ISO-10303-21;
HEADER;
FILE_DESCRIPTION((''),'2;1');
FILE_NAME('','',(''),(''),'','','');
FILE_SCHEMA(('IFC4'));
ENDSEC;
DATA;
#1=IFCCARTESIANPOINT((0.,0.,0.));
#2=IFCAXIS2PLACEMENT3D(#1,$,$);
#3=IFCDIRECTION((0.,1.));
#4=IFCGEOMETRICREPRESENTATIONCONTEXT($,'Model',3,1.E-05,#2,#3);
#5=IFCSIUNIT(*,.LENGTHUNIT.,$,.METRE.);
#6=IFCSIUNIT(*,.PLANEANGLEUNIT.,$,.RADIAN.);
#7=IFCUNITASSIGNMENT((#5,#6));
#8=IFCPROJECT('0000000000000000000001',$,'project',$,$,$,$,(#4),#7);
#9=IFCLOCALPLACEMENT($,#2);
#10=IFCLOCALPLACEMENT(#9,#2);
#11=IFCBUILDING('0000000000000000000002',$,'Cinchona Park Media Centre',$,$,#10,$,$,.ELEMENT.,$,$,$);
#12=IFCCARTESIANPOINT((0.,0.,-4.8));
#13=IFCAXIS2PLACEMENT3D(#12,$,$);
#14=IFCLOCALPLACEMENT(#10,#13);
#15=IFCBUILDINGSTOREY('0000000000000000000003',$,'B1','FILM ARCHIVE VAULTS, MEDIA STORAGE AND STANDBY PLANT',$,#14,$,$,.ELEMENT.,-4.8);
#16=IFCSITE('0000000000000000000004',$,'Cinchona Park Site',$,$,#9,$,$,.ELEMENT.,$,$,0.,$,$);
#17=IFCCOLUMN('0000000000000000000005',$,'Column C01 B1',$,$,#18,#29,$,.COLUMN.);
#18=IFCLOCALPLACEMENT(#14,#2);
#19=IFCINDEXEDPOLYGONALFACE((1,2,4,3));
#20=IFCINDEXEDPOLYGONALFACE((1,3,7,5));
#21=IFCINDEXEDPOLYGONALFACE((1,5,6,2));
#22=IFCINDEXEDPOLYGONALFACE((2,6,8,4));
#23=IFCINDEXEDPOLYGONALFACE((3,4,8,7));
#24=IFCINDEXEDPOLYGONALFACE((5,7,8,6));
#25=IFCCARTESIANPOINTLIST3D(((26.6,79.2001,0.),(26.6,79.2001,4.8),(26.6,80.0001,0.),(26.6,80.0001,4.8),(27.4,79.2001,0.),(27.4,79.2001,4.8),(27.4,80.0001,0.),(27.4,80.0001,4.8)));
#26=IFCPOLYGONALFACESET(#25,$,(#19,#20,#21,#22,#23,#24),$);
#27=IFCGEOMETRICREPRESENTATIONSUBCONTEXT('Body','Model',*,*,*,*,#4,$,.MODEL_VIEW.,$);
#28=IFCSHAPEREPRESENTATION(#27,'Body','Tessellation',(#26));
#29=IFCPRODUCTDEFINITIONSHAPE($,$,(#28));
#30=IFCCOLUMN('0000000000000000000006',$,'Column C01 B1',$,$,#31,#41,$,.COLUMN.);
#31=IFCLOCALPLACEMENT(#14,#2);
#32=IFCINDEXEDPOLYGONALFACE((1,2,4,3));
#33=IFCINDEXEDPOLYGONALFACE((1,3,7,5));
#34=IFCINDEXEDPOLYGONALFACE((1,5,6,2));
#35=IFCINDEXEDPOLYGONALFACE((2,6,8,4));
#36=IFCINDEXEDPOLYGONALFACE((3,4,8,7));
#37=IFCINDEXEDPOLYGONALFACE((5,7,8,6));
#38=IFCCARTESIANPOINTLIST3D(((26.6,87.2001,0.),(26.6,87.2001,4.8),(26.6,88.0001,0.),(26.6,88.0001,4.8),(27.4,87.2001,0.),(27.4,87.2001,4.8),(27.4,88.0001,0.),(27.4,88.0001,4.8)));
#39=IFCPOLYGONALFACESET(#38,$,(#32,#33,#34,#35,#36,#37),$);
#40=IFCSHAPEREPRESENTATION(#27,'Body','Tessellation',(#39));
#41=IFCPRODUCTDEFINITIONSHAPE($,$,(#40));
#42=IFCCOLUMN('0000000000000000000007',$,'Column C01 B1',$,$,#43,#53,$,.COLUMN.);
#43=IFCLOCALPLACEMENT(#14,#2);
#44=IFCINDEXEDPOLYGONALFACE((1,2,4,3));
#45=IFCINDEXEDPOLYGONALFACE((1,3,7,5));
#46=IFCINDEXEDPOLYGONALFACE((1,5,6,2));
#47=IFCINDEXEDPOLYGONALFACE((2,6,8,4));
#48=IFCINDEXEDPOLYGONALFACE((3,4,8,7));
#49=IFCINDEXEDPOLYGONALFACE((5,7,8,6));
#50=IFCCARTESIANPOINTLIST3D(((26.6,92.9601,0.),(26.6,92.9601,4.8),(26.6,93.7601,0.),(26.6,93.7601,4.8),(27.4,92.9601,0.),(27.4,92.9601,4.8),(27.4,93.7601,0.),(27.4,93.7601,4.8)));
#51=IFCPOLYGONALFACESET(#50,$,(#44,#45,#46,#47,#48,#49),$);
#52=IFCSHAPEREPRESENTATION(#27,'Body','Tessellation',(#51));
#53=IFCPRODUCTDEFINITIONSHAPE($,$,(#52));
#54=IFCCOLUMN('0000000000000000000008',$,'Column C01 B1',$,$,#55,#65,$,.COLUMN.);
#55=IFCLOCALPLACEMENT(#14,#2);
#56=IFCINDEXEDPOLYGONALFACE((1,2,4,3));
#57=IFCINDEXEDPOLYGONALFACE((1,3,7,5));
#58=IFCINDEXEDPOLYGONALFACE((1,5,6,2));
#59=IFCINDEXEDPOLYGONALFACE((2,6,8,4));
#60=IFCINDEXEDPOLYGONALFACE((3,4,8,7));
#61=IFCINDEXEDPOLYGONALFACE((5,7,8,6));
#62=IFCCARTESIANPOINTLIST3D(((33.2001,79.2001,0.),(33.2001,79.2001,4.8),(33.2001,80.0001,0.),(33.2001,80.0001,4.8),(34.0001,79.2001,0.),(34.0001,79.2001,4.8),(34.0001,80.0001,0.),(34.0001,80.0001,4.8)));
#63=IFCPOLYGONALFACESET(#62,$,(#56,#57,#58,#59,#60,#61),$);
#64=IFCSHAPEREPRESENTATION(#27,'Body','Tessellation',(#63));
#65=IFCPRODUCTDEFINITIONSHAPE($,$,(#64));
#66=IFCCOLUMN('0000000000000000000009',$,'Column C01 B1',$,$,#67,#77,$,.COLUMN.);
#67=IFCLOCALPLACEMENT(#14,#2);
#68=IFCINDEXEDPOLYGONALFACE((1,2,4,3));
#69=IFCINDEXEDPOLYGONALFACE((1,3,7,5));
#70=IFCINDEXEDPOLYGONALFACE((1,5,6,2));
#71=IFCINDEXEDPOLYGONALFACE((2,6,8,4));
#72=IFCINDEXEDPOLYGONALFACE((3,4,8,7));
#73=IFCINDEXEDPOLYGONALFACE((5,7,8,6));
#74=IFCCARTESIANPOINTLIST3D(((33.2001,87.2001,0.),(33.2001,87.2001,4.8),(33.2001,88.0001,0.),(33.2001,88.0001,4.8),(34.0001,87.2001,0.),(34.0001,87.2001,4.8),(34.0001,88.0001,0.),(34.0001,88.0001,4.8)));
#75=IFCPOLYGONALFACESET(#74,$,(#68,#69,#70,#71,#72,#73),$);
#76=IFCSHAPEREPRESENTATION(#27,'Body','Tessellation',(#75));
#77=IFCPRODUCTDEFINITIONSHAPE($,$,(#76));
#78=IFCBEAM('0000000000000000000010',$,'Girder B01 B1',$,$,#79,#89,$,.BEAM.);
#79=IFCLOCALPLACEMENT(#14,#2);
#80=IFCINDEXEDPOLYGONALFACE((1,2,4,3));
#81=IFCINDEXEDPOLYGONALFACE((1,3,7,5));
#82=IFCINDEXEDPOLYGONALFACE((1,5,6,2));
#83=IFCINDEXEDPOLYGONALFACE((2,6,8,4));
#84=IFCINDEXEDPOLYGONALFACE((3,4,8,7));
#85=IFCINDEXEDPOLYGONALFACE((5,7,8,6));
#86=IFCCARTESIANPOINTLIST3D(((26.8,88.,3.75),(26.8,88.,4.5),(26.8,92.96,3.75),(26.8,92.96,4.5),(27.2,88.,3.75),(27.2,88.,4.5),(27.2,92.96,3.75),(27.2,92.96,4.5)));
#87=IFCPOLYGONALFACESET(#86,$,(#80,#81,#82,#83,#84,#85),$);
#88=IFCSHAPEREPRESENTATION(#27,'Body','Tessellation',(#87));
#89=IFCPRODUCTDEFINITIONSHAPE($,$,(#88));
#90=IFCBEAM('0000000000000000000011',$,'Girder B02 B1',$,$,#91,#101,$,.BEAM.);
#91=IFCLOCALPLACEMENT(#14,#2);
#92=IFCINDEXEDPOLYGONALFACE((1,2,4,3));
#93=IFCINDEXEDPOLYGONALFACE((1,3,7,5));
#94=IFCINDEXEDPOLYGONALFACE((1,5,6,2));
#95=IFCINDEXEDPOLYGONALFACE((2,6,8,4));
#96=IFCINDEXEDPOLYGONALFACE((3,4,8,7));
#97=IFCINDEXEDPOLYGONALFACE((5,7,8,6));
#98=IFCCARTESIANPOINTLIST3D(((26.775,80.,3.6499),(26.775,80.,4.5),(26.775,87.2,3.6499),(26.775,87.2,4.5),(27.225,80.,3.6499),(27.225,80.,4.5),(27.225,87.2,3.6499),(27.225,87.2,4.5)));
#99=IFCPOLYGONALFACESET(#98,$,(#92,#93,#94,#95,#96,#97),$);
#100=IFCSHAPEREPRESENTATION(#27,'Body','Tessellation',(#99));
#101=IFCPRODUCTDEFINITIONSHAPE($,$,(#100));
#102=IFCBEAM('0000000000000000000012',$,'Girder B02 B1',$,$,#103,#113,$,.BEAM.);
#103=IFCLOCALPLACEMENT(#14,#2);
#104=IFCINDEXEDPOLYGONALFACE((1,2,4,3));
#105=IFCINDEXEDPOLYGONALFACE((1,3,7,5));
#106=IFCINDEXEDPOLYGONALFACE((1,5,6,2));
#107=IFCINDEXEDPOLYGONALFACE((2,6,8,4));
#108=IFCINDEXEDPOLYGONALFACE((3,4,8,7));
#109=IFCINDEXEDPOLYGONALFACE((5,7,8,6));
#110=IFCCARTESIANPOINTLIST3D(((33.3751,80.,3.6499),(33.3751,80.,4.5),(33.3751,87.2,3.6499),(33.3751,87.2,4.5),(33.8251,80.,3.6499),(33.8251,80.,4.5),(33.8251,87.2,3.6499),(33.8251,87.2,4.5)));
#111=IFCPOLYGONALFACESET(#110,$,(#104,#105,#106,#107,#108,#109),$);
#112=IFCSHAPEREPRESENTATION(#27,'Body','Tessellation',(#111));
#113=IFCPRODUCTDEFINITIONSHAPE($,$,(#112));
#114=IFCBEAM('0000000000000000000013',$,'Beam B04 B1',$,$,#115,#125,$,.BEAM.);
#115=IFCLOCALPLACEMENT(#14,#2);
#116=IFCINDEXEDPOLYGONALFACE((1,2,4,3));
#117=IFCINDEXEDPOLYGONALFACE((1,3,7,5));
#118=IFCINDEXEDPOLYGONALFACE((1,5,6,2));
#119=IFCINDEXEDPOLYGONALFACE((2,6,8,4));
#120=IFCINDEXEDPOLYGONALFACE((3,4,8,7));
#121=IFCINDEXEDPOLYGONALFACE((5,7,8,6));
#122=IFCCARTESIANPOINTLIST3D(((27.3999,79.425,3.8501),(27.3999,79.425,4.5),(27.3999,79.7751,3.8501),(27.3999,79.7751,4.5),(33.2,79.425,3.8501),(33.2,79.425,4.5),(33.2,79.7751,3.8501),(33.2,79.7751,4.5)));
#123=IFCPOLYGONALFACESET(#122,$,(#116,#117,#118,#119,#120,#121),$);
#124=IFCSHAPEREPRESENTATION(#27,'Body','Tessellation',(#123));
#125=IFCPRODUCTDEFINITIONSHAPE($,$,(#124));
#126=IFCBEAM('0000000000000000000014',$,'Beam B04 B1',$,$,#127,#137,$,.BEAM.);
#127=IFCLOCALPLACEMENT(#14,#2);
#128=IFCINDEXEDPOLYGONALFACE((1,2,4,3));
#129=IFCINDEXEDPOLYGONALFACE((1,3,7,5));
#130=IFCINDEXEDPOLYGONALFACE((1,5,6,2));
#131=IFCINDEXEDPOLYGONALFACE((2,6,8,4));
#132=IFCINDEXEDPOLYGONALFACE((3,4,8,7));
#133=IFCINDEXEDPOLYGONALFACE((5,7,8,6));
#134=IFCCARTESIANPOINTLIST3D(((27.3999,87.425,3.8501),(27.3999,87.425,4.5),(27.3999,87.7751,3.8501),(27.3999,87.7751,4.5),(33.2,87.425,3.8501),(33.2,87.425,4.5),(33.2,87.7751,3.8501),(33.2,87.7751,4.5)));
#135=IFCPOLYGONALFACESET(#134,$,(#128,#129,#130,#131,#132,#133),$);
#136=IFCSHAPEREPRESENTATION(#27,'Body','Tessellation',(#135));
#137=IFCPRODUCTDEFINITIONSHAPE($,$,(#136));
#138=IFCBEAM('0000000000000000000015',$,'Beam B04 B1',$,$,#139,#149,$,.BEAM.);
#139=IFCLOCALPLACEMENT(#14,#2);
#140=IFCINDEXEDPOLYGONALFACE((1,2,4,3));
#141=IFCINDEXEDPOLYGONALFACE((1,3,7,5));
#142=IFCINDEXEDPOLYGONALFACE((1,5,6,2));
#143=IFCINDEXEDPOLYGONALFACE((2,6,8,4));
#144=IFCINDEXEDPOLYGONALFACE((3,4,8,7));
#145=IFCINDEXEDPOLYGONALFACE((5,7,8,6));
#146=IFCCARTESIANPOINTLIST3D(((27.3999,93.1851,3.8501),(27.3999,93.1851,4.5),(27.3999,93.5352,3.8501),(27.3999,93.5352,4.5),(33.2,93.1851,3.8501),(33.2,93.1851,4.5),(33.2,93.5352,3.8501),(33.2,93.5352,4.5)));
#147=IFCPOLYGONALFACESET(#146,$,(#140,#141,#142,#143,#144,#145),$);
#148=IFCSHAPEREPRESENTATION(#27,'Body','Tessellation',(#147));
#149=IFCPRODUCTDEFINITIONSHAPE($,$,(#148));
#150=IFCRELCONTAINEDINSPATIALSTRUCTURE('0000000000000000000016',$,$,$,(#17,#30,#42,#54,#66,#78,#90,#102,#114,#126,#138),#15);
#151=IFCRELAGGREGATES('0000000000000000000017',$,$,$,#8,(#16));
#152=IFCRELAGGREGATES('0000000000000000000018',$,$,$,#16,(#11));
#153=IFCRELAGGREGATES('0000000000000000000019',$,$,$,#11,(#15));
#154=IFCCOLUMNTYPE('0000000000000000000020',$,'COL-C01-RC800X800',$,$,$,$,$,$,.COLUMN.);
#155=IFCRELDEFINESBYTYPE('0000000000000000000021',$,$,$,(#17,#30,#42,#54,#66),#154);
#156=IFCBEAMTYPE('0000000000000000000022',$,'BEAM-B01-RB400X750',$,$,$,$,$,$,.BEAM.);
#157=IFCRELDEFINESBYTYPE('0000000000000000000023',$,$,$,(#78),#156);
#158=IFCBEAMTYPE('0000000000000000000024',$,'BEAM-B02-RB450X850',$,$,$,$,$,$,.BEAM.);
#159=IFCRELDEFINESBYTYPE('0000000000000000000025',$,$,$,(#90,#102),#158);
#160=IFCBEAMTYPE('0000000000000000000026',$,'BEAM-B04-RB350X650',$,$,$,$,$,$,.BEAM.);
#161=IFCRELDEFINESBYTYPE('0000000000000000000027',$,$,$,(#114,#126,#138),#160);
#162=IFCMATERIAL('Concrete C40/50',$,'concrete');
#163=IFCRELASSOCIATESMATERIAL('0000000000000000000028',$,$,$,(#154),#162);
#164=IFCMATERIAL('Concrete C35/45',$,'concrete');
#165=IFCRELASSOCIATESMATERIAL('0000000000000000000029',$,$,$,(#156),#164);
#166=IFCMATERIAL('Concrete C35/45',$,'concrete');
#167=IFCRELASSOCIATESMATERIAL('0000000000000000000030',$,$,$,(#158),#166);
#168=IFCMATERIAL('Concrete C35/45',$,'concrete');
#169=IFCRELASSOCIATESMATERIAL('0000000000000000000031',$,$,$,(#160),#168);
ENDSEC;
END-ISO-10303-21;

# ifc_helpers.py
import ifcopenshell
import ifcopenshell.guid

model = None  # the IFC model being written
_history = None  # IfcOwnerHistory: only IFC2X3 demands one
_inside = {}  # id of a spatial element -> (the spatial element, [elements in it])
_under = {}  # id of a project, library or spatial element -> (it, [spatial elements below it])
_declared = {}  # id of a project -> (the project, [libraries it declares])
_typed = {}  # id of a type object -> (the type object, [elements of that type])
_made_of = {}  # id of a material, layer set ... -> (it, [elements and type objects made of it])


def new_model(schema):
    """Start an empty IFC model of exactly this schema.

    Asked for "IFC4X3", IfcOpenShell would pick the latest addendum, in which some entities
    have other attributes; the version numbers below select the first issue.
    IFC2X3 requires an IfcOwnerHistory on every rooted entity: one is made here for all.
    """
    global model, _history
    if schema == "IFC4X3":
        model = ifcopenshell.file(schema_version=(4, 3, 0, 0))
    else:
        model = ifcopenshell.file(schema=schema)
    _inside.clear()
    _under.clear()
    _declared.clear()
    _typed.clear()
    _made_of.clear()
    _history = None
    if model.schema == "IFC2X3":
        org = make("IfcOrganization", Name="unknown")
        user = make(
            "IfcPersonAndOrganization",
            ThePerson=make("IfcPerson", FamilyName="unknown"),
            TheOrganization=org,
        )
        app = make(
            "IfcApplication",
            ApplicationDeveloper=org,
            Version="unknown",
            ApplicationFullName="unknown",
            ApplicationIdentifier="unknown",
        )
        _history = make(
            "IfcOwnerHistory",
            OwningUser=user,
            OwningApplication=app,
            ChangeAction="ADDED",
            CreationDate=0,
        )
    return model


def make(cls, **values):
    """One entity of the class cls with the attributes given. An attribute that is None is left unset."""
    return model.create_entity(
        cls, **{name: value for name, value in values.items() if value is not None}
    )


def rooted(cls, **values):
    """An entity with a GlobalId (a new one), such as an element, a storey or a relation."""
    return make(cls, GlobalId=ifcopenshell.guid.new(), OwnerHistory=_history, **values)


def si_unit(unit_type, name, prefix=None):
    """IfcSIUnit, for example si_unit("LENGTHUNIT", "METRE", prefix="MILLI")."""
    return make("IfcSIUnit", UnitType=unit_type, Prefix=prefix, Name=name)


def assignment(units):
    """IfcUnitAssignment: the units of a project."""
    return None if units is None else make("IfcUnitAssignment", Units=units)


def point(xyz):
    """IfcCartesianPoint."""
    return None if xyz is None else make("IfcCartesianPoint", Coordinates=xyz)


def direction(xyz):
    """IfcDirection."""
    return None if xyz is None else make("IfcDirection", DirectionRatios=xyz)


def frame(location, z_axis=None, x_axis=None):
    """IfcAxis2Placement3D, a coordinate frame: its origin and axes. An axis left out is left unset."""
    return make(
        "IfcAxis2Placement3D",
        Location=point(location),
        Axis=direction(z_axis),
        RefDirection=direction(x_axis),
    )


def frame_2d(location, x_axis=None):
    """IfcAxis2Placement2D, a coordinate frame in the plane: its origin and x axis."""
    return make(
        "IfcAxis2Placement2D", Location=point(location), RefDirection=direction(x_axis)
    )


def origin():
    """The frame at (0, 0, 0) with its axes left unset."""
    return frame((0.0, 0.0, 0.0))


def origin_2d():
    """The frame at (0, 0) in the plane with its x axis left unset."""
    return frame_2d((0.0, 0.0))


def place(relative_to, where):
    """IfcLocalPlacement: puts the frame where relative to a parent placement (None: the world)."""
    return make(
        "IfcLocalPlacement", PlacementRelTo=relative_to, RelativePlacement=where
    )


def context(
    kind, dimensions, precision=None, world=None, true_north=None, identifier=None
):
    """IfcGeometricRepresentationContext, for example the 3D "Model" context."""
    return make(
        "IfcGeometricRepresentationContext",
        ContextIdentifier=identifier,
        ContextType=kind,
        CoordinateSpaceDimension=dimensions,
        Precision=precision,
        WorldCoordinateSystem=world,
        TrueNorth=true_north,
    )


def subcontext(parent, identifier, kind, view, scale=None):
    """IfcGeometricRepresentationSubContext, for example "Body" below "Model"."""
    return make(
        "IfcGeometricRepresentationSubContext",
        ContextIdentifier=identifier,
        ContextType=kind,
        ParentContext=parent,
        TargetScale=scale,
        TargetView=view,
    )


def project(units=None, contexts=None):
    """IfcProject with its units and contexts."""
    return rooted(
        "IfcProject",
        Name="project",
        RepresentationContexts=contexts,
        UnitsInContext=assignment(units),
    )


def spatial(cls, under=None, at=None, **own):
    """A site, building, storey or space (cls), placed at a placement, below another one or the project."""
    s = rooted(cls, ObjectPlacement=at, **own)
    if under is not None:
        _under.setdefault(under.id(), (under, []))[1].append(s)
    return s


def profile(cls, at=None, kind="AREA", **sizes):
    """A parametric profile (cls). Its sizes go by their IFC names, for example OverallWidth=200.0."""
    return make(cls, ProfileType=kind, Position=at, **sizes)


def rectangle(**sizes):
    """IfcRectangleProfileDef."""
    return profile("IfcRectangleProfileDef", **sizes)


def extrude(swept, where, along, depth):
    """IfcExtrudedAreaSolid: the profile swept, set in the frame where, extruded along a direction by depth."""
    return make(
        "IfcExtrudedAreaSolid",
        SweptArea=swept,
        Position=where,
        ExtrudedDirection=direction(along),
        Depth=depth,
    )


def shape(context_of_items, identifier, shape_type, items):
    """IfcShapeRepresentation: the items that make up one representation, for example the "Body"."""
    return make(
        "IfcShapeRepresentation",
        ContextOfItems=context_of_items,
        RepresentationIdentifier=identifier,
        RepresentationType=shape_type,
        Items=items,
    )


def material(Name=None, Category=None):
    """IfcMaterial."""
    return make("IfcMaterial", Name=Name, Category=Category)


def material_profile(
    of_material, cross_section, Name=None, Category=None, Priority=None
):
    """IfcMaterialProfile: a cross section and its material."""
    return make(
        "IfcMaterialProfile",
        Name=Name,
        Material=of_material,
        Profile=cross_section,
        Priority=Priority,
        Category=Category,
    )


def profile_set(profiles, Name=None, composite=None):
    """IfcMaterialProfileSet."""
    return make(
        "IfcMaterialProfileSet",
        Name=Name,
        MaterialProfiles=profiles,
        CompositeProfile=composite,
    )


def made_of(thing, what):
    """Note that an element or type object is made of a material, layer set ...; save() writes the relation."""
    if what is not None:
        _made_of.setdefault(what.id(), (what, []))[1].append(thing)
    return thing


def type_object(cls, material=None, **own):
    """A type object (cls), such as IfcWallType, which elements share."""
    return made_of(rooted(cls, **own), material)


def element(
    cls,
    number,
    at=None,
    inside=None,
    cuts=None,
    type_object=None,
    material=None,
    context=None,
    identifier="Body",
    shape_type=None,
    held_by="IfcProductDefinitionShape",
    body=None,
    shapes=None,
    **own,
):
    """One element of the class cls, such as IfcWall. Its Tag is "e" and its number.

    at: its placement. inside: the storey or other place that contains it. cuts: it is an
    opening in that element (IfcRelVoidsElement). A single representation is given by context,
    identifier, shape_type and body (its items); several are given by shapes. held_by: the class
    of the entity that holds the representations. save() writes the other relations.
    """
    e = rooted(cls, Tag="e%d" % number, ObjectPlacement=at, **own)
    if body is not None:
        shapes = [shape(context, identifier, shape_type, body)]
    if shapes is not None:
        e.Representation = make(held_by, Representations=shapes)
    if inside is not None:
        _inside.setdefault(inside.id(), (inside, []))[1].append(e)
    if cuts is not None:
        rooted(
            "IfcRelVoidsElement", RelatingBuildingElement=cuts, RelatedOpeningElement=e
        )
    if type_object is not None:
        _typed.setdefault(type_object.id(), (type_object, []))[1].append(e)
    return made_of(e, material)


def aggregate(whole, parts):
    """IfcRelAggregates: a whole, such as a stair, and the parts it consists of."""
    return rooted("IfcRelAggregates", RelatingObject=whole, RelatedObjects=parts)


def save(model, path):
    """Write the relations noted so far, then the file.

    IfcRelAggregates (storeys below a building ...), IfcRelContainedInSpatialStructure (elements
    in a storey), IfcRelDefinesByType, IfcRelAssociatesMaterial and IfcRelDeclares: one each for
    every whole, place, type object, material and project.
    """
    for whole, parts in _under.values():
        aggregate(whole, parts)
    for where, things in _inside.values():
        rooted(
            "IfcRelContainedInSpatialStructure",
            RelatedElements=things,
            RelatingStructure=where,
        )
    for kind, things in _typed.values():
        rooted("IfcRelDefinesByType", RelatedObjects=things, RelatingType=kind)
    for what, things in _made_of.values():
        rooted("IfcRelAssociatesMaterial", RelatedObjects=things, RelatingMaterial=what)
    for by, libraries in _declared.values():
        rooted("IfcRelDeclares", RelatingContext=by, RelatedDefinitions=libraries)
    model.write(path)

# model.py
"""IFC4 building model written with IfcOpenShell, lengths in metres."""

from ifc_helpers import new_model, si_unit, direction, frame, origin, origin_2d, place, context, subcontext, project, spatial, rectangle, extrude, material, material_profile, profile_set, type_object, element, save


model = new_model("IFC4")

# Units and contexts
model_context = context("Model", 3, precision=1e-05, world=origin(), true_north=direction((0.0, 1.0)))
body_context = subcontext(model_context, "Body", "Model", "MODEL_VIEW")
ifc_project = project(units=[si_unit("LENGTHUNIT", "METRE"), si_unit("PLANEANGLEUNIT", "RADIAN")], contexts=[model_context])

# Site, building, storey
site_placement = place(None, origin())
site = spatial("IfcSite", under=ifc_project, at=site_placement, Name="Cinchona Park Site", CompositionType="ELEMENT", RefElevation=0.0)
building_placement = place(site_placement, origin())
building = spatial("IfcBuilding", under=site, at=building_placement, Name="Cinchona Park Media Centre", CompositionType="ELEMENT")
storey_placement = place(building_placement, frame((0.0, 0.0, -4.8)))
storey = spatial("IfcBuildingStorey", under=building, at=storey_placement, Name="B1", Description="FILM ARCHIVE VAULTS, MEDIA STORAGE AND STANDBY PLANT", CompositionType="ELEMENT", Elevation=-4.8)

# Columns
ifc_material_1 = material(Name="Concrete C40/50", Category="concrete")
ifc_material_profile_1 = material_profile(ifc_material_1, rectangle(XDim=0.8, YDim=0.8, at=origin_2d()), Name="RC 800X800")
ifc_profile_set_1 = profile_set([ifc_material_profile_1], Name="Concrete C40/50")
column_type = type_object("IfcColumnType", Name="COL-C01-RC800X800", PredefinedType="COLUMN", material=ifc_profile_set_1)
for number, where, z_axis, x_axis, name in (
    (1, (27.0, 79.6001, 0.0), (0.0, 0.0, 1.0), (1.0, 0.0, 0.0), "Column C01 B1"),
    (2, (27.0, 87.6001, 0.0), (0.0, 0.0, 1.0), (1.0, 0.0, 0.0), "Column C01 B1"),
    (3, (27.0, 93.3601, 0.0), (0.0, 0.0, 1.0), (1.0, 0.0, 0.0), "Column C01 B1"),
    (4, (33.6001, 79.6001, 0.0), (0.0, 0.0, 1.0), (1.0, 0.0, 0.0), "Column C01 B1"),
    (5, (33.6001, 87.6001, 0.0), (0.0, 0.0, 1.0), (1.0, 0.0, 0.0), "Column C01 B1"),
):
    element("IfcColumn", number, at=place(storey_placement, frame(where, z_axis=z_axis, x_axis=x_axis)), inside=storey, type_object=column_type, Name=name, PredefinedType="COLUMN", context=body_context, shape_type="SweptSolid", body=[
        extrude(rectangle(XDim=0.8, YDim=0.8, at=origin_2d()), origin(), (0.0, 0.0, 1.0), 4.8),
    ])

# Beams
ifc_material_2 = material(Name="Concrete C35/45", Category="concrete")
ifc_material_profile_2 = material_profile(ifc_material_2, rectangle(XDim=0.3999, YDim=0.75, at=origin_2d()), Name="RB 400X750")
ifc_profile_set_2 = profile_set([ifc_material_profile_2], Name="Concrete C35/45")
beam_type_1 = type_object("IfcBeamType", Name="BEAM-B01-RB400X750", PredefinedType="BEAM", material=ifc_profile_set_2)
beam_placement = place(storey_placement, frame((27.0, 88.0, 4.125), z_axis=(0.0, 1.0, 0.0), x_axis=(-1.0, 0.0, 0.0)))
element("IfcBeam", 6, at=beam_placement, inside=storey, type_object=beam_type_1, Name="Girder B01 B1", PredefinedType="BEAM", context=body_context, shape_type="SweptSolid", body=[
    extrude(rectangle(XDim=0.3999, YDim=0.75, at=origin_2d()), origin(), (0.0, 0.0, 1.0), 4.96),
])
ifc_material_3 = material(Name="Concrete C35/45", Category="concrete")
ifc_material_profile_3 = material_profile(ifc_material_3, rectangle(XDim=0.45, YDim=0.8501, at=origin_2d()), Name="RB 450X850")
ifc_profile_set_3 = profile_set([ifc_material_profile_3], Name="Concrete C35/45")
beam_type_2 = type_object("IfcBeamType", Name="BEAM-B02-RB450X850", PredefinedType="BEAM", material=ifc_profile_set_3)
for number, where, z_axis, x_axis, name in (
    (7, (27.0, 80.0, 4.075), (0.0, 1.0, 0.0), (-1.0, 0.0, 0.0), "Girder B02 B1"),
    (8, (33.6001, 80.0, 4.075), (0.0, 1.0, 0.0), (-1.0, 0.0, 0.0), "Girder B02 B1"),
):
    element("IfcBeam", number, at=place(storey_placement, frame(where, z_axis=z_axis, x_axis=x_axis)), inside=storey, type_object=beam_type_2, Name=name, PredefinedType="BEAM", context=body_context, shape_type="SweptSolid", body=[
        extrude(rectangle(XDim=0.45, YDim=0.8501, at=origin_2d()), origin(), (0.0, 0.0, 1.0), 7.2),
    ])
ifc_material_4 = material(Name="Concrete C35/45", Category="concrete")
ifc_material_profile_4 = material_profile(ifc_material_4, rectangle(XDim=0.3501, YDim=0.6499, at=origin_2d()), Name="RB 350X650")
ifc_profile_set_4 = profile_set([ifc_material_profile_4], Name="Concrete C35/45")
beam_type_3 = type_object("IfcBeamType", Name="BEAM-B04-RB350X650", PredefinedType="BEAM", material=ifc_profile_set_4)
for number, where, z_axis, x_axis, name in (
    (9, (27.3999, 79.6001, 4.175), (1.0, 0.0, 0.0), (0.0, 1.0, 0.0), "Beam B04 B1"),
    (10, (27.3999, 87.6001, 4.175), (1.0, 0.0, 0.0), (0.0, 1.0, 0.0), "Beam B04 B1"),
    (11, (27.3999, 93.3601, 4.175), (1.0, 0.0, 0.0), (0.0, 1.0, 0.0), "Beam B04 B1"),
):
    element("IfcBeam", number, at=place(storey_placement, frame(where, z_axis=z_axis, x_axis=x_axis)), inside=storey, type_object=beam_type_3, Name=name, PredefinedType="BEAM", context=body_context, shape_type="SweptSolid", body=[
        extrude(rectangle(XDim=0.3501, YDim=0.6499, at=origin_2d()), origin(), (0.0, 0.0, 1.0), 5.8),
    ])

save(model, "model.ifc")
